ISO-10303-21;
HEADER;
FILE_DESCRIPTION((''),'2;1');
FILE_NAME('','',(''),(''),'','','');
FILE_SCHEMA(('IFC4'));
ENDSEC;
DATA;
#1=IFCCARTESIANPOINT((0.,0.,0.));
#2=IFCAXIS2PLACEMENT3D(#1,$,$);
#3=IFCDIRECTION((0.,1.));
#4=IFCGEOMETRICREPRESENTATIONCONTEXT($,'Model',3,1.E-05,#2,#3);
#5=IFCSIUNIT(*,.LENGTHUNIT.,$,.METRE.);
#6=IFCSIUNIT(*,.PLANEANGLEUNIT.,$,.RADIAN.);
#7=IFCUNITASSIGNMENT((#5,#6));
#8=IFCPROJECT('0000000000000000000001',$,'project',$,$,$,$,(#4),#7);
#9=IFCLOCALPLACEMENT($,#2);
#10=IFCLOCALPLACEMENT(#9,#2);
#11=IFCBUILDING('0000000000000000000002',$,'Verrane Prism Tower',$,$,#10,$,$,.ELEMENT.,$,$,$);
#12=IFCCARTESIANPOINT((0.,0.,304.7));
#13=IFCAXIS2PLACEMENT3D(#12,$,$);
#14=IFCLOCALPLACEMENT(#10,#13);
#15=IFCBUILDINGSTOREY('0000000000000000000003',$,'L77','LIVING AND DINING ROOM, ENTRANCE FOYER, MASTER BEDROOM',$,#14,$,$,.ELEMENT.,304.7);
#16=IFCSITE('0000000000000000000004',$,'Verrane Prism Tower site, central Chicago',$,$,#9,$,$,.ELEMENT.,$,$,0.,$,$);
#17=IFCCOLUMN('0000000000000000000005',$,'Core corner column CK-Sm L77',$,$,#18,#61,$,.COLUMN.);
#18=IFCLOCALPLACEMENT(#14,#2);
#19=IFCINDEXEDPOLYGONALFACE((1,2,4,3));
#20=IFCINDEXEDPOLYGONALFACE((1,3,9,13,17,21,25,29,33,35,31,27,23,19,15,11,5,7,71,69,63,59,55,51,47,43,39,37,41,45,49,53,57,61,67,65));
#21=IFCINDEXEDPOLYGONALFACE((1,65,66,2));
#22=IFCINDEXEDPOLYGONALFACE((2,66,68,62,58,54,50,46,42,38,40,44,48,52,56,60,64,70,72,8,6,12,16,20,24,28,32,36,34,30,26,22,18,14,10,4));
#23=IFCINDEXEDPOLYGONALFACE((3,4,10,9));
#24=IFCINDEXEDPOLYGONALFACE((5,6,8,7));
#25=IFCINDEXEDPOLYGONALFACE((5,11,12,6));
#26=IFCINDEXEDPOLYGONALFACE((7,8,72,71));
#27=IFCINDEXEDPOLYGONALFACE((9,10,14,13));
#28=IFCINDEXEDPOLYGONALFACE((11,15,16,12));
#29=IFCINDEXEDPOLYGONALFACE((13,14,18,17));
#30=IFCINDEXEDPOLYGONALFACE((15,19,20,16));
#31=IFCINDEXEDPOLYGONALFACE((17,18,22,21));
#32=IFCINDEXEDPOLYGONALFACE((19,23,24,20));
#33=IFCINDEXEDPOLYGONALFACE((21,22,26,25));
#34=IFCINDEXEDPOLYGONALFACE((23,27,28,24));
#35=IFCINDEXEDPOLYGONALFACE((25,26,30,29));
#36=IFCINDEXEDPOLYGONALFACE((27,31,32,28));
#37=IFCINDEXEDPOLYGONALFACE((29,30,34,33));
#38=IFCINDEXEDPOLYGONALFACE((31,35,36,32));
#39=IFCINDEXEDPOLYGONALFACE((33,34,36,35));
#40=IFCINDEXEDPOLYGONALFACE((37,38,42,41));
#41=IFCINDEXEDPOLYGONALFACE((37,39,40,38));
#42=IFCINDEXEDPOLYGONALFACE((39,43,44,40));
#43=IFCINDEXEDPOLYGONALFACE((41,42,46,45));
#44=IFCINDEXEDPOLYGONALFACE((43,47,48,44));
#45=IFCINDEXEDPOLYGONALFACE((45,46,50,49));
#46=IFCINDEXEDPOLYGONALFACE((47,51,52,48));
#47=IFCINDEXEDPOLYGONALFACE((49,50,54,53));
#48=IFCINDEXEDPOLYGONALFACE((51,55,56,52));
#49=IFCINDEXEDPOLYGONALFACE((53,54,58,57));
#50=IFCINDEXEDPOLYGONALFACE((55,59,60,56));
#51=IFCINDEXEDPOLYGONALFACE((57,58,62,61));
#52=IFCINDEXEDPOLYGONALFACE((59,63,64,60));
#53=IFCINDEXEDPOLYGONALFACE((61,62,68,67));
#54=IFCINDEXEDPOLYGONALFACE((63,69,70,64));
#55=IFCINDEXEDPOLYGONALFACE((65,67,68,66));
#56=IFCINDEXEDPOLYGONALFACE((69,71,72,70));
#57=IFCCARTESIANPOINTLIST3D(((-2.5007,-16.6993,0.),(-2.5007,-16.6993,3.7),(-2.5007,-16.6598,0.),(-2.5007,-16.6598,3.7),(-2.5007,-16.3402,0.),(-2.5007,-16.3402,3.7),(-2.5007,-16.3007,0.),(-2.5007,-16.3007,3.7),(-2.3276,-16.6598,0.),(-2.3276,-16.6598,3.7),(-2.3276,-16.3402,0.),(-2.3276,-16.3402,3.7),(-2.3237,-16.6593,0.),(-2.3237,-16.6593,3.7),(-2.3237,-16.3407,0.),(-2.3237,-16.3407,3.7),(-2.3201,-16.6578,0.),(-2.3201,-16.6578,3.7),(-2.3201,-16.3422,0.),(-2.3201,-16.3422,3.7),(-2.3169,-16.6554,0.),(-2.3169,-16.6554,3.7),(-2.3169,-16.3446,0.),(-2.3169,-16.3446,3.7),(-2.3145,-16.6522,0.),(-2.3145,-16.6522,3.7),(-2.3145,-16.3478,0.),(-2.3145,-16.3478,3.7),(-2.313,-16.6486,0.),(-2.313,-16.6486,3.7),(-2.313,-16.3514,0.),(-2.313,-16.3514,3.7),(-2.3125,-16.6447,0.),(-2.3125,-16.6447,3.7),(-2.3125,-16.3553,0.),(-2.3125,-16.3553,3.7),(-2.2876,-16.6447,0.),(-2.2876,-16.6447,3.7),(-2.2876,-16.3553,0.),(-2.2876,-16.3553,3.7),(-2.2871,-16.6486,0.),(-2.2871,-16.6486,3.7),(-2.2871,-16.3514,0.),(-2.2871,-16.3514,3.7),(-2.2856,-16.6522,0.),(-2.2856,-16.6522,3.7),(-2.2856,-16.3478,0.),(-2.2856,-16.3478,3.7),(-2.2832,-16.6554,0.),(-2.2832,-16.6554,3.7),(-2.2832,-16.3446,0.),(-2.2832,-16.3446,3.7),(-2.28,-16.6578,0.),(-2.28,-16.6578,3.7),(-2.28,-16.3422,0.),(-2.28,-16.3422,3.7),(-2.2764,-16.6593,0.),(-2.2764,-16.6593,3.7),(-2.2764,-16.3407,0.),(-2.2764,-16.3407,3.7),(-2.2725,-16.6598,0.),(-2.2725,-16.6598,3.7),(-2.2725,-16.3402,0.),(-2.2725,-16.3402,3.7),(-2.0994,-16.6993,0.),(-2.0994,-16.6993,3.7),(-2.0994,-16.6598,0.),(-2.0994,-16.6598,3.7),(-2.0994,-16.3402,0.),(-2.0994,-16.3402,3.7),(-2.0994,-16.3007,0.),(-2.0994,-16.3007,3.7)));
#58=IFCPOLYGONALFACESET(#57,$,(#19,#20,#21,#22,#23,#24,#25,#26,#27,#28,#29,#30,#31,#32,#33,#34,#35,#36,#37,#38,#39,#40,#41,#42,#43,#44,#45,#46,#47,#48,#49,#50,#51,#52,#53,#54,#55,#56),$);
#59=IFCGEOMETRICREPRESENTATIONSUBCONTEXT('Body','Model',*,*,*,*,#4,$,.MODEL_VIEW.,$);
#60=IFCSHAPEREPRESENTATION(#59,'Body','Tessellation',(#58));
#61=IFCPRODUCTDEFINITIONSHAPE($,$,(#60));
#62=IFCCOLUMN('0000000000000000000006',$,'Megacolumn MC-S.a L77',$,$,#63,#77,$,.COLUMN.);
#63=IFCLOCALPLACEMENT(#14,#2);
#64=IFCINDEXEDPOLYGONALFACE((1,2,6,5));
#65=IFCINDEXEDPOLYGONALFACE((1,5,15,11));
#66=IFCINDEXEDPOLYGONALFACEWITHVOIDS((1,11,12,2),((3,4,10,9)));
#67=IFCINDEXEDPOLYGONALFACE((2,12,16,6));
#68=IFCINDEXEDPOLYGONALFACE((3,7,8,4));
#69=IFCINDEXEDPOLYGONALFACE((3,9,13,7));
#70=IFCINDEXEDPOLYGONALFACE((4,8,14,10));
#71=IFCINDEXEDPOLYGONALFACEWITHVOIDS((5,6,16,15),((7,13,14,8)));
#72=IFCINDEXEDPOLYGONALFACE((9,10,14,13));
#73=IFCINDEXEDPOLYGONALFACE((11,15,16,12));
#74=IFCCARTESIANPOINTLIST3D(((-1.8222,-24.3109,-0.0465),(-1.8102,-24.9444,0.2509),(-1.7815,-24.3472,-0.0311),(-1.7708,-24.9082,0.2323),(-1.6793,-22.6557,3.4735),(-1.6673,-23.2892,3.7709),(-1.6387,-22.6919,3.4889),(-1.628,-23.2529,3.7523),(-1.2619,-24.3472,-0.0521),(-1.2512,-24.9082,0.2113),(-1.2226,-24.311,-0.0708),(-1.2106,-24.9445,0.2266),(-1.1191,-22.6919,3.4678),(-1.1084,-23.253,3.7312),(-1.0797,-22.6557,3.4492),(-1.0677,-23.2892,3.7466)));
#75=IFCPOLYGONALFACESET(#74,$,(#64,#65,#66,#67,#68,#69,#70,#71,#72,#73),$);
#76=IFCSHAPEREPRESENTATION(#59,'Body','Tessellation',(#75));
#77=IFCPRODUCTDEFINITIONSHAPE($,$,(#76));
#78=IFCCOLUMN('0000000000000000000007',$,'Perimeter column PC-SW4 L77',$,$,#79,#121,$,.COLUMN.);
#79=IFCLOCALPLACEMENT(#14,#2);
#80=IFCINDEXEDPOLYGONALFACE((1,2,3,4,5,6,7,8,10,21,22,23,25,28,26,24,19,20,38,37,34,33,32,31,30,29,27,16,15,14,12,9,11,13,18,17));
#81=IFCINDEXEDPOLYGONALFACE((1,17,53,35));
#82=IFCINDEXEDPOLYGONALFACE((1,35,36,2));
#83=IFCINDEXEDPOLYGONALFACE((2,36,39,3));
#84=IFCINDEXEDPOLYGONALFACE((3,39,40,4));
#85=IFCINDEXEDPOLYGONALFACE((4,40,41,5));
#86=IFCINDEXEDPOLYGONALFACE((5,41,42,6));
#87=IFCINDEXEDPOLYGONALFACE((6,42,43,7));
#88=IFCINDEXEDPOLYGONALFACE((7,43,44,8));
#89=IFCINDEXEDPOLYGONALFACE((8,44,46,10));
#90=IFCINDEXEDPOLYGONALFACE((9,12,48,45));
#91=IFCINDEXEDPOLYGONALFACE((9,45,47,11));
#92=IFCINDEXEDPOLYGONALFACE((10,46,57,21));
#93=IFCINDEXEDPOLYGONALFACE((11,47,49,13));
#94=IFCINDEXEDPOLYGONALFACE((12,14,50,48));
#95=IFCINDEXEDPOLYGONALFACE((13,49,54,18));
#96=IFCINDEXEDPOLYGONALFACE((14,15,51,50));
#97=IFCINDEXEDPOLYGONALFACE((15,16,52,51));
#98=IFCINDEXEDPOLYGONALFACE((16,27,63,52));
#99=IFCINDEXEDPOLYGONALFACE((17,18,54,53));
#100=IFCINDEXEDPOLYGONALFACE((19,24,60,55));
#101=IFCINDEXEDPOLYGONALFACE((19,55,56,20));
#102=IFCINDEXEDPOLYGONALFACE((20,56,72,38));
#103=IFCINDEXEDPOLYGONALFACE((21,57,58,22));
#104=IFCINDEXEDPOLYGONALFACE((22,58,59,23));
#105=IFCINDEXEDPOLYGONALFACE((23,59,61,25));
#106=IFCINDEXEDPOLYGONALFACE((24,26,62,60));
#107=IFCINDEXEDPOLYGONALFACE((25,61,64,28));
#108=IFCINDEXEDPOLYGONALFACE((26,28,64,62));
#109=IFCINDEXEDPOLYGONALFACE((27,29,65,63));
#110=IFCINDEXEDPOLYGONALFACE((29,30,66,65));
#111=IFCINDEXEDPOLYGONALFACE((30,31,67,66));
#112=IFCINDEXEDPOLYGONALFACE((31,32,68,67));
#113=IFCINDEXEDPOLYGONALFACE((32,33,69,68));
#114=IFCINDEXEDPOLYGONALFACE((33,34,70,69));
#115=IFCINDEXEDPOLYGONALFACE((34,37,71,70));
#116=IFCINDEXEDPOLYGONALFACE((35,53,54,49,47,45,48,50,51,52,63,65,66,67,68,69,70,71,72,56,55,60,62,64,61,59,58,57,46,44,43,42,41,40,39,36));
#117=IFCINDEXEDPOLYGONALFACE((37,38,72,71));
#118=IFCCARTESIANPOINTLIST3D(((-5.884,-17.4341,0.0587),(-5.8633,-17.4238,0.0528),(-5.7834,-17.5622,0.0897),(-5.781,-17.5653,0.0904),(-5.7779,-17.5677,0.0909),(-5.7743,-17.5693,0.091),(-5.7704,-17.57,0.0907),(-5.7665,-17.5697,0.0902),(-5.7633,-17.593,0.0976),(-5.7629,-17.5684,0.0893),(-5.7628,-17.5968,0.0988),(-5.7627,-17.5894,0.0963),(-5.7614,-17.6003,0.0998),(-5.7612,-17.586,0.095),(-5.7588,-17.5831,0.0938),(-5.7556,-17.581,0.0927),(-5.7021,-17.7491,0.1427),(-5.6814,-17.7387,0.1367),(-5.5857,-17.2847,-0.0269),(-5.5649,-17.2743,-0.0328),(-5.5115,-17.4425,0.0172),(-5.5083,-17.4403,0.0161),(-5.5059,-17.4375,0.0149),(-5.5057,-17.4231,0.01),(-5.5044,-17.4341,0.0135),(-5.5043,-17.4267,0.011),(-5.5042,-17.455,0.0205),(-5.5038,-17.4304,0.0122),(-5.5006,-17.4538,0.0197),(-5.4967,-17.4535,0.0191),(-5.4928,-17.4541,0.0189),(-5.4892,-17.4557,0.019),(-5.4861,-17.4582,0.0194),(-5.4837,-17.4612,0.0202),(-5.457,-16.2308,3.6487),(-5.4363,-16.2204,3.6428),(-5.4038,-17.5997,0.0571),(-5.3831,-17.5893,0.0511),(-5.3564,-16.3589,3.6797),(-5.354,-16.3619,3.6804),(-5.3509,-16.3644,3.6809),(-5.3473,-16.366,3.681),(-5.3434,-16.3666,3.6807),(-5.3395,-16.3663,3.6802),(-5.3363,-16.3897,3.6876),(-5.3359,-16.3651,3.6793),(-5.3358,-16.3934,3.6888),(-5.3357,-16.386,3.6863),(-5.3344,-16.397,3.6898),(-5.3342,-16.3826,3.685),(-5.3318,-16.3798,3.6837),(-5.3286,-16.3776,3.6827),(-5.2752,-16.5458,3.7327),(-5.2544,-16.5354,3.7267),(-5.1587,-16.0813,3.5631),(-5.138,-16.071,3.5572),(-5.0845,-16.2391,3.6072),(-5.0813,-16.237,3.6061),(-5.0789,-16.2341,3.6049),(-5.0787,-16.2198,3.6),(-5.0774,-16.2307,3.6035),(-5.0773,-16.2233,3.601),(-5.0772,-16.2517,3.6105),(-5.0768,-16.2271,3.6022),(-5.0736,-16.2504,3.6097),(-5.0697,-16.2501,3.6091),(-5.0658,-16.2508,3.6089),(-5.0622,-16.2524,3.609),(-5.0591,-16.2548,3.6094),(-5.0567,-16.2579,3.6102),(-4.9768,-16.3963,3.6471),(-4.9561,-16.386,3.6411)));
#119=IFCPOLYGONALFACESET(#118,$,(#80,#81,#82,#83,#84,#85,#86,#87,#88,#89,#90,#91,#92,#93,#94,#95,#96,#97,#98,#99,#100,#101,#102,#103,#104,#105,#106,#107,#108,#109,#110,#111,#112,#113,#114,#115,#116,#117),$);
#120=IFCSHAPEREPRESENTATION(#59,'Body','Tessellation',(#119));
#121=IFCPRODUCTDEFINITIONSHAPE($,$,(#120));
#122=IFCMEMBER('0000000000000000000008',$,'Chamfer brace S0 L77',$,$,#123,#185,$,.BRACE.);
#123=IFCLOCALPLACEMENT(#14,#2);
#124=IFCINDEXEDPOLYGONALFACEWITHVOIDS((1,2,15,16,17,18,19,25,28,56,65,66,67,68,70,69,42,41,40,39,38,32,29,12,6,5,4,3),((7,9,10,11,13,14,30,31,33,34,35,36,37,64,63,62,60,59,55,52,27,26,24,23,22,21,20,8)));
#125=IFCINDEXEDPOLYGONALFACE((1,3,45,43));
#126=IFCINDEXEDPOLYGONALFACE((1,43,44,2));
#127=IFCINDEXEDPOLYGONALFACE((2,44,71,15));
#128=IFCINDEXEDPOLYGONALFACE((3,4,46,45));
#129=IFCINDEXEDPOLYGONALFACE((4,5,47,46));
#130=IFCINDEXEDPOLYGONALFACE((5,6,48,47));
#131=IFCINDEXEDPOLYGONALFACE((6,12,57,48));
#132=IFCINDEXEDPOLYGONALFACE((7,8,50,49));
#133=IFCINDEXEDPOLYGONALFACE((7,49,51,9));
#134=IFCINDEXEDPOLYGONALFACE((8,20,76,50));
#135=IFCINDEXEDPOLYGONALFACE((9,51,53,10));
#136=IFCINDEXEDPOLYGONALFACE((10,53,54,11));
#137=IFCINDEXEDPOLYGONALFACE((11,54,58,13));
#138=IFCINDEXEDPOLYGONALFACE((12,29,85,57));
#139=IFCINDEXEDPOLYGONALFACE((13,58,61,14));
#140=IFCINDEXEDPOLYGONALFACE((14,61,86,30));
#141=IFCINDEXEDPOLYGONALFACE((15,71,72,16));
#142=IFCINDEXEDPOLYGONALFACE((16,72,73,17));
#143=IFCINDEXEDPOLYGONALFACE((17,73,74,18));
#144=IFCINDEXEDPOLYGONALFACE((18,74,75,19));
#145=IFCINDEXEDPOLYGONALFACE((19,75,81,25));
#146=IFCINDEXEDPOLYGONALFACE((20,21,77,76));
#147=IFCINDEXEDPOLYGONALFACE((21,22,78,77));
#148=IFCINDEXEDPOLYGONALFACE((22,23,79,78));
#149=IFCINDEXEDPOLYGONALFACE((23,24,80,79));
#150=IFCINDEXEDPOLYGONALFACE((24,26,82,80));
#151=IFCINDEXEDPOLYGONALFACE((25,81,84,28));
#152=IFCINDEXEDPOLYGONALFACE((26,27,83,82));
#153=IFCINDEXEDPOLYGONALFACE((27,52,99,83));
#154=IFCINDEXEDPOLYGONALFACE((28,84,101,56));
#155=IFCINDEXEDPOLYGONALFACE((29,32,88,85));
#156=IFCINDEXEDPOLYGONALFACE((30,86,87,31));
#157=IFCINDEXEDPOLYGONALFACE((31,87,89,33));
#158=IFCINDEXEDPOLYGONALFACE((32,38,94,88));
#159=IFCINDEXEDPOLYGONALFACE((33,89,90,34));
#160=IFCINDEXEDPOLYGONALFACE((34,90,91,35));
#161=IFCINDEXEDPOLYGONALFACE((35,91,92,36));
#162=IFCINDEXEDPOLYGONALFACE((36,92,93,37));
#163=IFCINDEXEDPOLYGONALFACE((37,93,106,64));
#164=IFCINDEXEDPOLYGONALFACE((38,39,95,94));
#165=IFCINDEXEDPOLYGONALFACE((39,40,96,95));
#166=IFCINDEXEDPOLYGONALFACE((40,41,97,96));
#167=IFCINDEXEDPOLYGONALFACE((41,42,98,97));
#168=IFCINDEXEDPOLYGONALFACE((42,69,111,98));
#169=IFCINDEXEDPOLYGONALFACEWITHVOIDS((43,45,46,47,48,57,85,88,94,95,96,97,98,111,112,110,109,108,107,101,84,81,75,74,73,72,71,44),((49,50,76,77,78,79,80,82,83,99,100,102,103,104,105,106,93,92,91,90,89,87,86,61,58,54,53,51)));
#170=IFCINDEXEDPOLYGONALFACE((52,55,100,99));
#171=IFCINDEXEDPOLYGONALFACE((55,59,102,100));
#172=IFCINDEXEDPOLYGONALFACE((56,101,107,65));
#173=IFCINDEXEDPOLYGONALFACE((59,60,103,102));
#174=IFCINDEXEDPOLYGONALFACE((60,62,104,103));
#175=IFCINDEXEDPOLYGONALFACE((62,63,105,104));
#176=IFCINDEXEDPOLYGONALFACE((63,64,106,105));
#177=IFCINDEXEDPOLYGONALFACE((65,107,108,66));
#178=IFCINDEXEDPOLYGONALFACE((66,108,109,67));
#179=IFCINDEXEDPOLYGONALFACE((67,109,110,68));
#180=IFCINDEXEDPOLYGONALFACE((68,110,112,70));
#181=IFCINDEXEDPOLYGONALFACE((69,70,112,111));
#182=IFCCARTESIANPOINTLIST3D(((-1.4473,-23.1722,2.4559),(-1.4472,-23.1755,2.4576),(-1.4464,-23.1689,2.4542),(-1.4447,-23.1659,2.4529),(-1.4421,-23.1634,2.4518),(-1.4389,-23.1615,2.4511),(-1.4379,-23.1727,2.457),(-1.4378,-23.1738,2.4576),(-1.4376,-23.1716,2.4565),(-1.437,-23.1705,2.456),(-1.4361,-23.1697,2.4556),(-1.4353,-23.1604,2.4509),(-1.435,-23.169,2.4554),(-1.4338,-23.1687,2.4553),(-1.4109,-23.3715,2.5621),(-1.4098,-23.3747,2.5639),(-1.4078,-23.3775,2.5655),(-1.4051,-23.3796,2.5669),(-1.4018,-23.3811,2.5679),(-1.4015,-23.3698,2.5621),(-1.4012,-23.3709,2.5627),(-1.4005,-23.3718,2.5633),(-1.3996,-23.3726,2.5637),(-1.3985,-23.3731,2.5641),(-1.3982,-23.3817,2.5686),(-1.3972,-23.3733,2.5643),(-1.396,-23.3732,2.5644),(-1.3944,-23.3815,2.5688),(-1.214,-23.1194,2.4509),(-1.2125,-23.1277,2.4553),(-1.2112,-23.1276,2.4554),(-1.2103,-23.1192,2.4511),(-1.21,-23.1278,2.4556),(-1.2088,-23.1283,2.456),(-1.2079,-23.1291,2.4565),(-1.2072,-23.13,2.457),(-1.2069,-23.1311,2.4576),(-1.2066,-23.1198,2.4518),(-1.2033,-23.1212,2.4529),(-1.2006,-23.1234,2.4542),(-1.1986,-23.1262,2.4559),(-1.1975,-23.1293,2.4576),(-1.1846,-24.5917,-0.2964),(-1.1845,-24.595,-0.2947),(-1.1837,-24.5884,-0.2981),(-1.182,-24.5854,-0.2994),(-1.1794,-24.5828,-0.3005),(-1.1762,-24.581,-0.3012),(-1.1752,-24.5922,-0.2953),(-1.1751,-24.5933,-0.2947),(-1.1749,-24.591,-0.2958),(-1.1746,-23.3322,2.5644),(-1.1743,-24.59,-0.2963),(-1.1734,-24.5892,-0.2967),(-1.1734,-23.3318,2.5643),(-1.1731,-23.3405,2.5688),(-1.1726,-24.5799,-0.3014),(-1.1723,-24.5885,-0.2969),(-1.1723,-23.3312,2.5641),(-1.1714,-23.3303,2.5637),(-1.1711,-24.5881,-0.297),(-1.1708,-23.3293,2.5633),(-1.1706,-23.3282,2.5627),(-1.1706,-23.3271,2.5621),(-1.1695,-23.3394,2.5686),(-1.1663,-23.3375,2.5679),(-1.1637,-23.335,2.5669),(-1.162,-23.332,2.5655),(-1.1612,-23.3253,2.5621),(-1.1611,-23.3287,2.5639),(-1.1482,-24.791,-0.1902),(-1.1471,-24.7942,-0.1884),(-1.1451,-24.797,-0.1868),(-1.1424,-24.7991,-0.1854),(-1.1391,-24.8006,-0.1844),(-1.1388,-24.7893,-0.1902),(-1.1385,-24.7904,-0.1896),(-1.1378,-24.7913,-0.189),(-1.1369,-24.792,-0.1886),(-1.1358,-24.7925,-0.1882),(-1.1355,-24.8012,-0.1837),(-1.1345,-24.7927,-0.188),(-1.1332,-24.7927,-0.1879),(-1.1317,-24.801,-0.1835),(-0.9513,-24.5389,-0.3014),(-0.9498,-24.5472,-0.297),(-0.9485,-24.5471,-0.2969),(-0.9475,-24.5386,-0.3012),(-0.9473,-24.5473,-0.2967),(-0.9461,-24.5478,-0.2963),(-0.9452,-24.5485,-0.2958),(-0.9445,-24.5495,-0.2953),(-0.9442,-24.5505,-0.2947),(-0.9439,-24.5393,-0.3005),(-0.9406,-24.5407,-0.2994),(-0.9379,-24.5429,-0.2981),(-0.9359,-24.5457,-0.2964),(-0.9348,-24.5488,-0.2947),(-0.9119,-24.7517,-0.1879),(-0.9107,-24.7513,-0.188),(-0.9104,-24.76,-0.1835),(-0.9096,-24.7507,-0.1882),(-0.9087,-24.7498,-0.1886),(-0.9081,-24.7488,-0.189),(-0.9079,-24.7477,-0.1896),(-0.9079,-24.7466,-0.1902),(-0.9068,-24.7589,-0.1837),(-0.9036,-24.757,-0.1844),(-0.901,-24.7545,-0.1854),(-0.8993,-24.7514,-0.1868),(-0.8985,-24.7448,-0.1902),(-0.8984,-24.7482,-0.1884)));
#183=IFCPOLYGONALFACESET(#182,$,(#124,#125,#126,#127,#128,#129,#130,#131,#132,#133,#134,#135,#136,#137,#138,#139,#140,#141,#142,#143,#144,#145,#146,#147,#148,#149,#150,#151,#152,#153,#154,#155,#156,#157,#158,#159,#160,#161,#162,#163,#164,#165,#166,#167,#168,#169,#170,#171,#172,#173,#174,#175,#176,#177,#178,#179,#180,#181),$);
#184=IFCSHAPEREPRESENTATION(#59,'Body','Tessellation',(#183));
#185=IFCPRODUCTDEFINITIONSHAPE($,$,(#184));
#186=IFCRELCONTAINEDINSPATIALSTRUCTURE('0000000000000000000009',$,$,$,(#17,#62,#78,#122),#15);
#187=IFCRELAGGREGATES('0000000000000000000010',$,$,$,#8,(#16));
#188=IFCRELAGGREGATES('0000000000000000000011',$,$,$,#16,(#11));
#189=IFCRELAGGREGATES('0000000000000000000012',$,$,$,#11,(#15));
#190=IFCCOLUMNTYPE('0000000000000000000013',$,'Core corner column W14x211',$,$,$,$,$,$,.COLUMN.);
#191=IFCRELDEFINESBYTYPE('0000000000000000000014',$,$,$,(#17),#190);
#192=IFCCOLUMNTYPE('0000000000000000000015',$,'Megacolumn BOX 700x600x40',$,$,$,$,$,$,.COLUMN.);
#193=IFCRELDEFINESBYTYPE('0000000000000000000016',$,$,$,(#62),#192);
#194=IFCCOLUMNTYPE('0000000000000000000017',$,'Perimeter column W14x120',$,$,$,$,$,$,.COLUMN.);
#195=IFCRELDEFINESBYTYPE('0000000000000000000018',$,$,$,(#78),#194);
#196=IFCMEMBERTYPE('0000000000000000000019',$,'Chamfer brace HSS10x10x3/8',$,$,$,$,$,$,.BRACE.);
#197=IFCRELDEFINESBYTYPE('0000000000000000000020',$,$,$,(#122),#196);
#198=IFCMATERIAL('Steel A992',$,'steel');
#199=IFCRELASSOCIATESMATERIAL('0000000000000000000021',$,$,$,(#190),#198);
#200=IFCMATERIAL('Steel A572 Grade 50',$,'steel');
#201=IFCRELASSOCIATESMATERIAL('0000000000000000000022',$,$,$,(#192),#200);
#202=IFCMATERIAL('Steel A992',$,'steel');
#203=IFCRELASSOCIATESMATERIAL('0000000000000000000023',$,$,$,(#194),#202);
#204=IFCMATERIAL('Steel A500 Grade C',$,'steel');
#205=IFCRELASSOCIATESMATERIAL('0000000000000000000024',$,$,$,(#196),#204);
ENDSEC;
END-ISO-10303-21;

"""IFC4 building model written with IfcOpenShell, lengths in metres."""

from ifc_helpers import new_model, si_unit, direction, frame, origin, origin_2d, place, context, subcontext, project, spatial, hollow_rectangle, i_section, extrude, material, material_profile, profile_set, type_object, element, save


model = new_model("IFC4")

# Units and contexts
model_context = context("Model", 3, precision=1e-05, world=origin(), true_north=direction((0.0, 1.0)))
body_context = subcontext(model_context, "Body", "Model", "MODEL_VIEW")
ifc_project = project(units=[si_unit("LENGTHUNIT", "METRE"), si_unit("PLANEANGLEUNIT", "RADIAN")], contexts=[model_context])

# Site, building, storey
site_placement = place(None, origin())
site = spatial("IfcSite", under=ifc_project, at=site_placement, Name="Verrane Prism Tower site, central Chicago", CompositionType="ELEMENT", RefElevation=0.0)
building_placement = place(site_placement, origin())
building = spatial("IfcBuilding", under=site, at=building_placement, Name="Verrane Prism Tower", CompositionType="ELEMENT")
storey_placement = place(building_placement, frame((0.0, 0.0, 304.7)))
storey = spatial("IfcBuildingStorey", under=building, at=storey_placement, Name="L77", Description="LIVING AND DINING ROOM, ENTRANCE FOYER, MASTER BEDROOM", CompositionType="ELEMENT", Elevation=304.7)

# Columns
ifc_material_1 = material(Name="Steel A992", Category="steel")
ifc_material_profile_1 = material_profile(ifc_material_1, i_section(OverallWidth=0.4014, OverallDepth=0.3987, WebThickness=0.0249, FlangeThickness=0.0396, FilletRadius=0.0151, at=origin_2d()), Name="W14x211")
ifc_profile_set_1 = profile_set([ifc_material_profile_1], Name="Steel A992")
column_type_1 = type_object("IfcColumnType", Name="Core corner column W14x211", PredefinedType="COLUMN", material=ifc_profile_set_1)
column_1_placement = place(storey_placement, frame((-2.3, -16.5, 0.0), z_axis=(0.0, 0.0, 1.0), x_axis=(-1.0, 0.0, 0.0)))
element("IfcColumn", 1, at=column_1_placement, inside=storey, type_object=column_type_1, Name="Core corner column CK-Sm L77", PredefinedType="COLUMN", context=body_context, shape_type="SweptSolid", body=[
    extrude(i_section(OverallWidth=0.4014, OverallDepth=0.3987, WebThickness=0.0249, FlangeThickness=0.0396, FilletRadius=0.0151, at=origin_2d()), origin(), (0.0, 0.0, 1.0), 3.7),
])
ifc_material_2 = material(Name="Steel A572 Grade 50", Category="steel")
ifc_material_profile_2 = material_profile(ifc_material_2, hollow_rectangle(XDim=0.6001, YDim=0.7, WallThickness=0.04, at=origin_2d()), Name="BOX 700x600x40")
ifc_profile_set_2 = profile_set([ifc_material_profile_2], Name="Steel A572 Grade 50")
column_type_2 = type_object("IfcColumnType", Name="Megacolumn BOX 700x600x40", PredefinedType="COLUMN", material=ifc_profile_set_2)
column_2_placement = place(storey_placement, frame((-1.5164, -24.6277, 0.0901), z_axis=(0.036692, 0.425257, 0.904329), x_axis=(-0.999179, 0.000075, 0.040506)))
element("IfcColumn", 2, at=column_2_placement, inside=storey, type_object=column_type_2, Name="Megacolumn MC-S.a L77", PredefinedType="COLUMN", context=body_context, shape_type="SweptSolid", body=[
    extrude(hollow_rectangle(XDim=0.6001, YDim=0.7, WallThickness=0.04, at=origin_2d()), origin(), (0.0, 0.0, 1.0), 3.8923),
])
ifc_material_3 = material(Name="Steel A992", Category="steel")
ifc_material_profile_3 = material_profile(ifc_material_3, i_section(OverallWidth=0.3733, OverallDepth=0.3684, WebThickness=0.0149, FlangeThickness=0.0239, FilletRadius=0.0151, at=origin_2d()), Name="W14x120")
ifc_profile_set_3 = profile_set([ifc_material_profile_3], Name="Steel A992")
column_type_3 = type_object("IfcColumnType", Name="Perimeter column W14x120", PredefinedType="COLUMN", material=ifc_profile_set_3)
column_3_placement = place(storey_placement, frame((-5.6335, -17.5117, 0.0549), z_axis=(0.112062, 0.315812, 0.942181), x_axis=(-0.487199, 0.843835, -0.2249)))
element("IfcColumn", 3, at=column_3_placement, inside=storey, type_object=column_type_3, Name="Perimeter column PC-SW4 L77", PredefinedType="COLUMN", context=body_context, shape_type="SweptSolid", body=[
    extrude(i_section(OverallWidth=0.3733, OverallDepth=0.3684, WebThickness=0.0149, FlangeThickness=0.0239, FilletRadius=0.0151, at=origin_2d()), origin(), (0.0, 0.0, 1.0), 3.8103),
])

# Member
ifc_material_4 = material(Name="Steel A500 Grade C", Category="steel")
ifc_material_profile_4 = material_profile(ifc_material_4, hollow_rectangle(XDim=0.2539, YDim=0.2539, WallThickness=0.0095, InnerFilletRadius=0.0049, OuterFilletRadius=0.0144, at=origin_2d()), Name="HSS10x10x3/8")
ifc_profile_set_4 = profile_set([ifc_material_profile_4], Name="Steel A500 Grade C")
member_type_1 = type_object("IfcMemberType", Name="Chamfer brace HSS10x10x3/8", PredefinedType="BRACE", material=ifc_profile_set_4)
member_1_placement = place(storey_placement, frame((-1.0415, -24.6699, -0.2424), z_axis=(-0.084528, 0.456733, 0.885579), x_axis=(-0.983302, -0.18198, 0.0)))
element("IfcMember", 4, at=member_1_placement, inside=storey, type_object=member_type_1, Name="Chamfer brace S0 L77", PredefinedType="BRACE", context=body_context, shape_type="SweptSolid", body=[
    extrude(hollow_rectangle(XDim=0.2539, YDim=0.2539, WallThickness=0.0095, InnerFilletRadius=0.0049, OuterFilletRadius=0.0144, at=origin_2d()), origin(), (0.0, 0.0, 1.0), 3.1079),
])

save(model, "model.ifc")
